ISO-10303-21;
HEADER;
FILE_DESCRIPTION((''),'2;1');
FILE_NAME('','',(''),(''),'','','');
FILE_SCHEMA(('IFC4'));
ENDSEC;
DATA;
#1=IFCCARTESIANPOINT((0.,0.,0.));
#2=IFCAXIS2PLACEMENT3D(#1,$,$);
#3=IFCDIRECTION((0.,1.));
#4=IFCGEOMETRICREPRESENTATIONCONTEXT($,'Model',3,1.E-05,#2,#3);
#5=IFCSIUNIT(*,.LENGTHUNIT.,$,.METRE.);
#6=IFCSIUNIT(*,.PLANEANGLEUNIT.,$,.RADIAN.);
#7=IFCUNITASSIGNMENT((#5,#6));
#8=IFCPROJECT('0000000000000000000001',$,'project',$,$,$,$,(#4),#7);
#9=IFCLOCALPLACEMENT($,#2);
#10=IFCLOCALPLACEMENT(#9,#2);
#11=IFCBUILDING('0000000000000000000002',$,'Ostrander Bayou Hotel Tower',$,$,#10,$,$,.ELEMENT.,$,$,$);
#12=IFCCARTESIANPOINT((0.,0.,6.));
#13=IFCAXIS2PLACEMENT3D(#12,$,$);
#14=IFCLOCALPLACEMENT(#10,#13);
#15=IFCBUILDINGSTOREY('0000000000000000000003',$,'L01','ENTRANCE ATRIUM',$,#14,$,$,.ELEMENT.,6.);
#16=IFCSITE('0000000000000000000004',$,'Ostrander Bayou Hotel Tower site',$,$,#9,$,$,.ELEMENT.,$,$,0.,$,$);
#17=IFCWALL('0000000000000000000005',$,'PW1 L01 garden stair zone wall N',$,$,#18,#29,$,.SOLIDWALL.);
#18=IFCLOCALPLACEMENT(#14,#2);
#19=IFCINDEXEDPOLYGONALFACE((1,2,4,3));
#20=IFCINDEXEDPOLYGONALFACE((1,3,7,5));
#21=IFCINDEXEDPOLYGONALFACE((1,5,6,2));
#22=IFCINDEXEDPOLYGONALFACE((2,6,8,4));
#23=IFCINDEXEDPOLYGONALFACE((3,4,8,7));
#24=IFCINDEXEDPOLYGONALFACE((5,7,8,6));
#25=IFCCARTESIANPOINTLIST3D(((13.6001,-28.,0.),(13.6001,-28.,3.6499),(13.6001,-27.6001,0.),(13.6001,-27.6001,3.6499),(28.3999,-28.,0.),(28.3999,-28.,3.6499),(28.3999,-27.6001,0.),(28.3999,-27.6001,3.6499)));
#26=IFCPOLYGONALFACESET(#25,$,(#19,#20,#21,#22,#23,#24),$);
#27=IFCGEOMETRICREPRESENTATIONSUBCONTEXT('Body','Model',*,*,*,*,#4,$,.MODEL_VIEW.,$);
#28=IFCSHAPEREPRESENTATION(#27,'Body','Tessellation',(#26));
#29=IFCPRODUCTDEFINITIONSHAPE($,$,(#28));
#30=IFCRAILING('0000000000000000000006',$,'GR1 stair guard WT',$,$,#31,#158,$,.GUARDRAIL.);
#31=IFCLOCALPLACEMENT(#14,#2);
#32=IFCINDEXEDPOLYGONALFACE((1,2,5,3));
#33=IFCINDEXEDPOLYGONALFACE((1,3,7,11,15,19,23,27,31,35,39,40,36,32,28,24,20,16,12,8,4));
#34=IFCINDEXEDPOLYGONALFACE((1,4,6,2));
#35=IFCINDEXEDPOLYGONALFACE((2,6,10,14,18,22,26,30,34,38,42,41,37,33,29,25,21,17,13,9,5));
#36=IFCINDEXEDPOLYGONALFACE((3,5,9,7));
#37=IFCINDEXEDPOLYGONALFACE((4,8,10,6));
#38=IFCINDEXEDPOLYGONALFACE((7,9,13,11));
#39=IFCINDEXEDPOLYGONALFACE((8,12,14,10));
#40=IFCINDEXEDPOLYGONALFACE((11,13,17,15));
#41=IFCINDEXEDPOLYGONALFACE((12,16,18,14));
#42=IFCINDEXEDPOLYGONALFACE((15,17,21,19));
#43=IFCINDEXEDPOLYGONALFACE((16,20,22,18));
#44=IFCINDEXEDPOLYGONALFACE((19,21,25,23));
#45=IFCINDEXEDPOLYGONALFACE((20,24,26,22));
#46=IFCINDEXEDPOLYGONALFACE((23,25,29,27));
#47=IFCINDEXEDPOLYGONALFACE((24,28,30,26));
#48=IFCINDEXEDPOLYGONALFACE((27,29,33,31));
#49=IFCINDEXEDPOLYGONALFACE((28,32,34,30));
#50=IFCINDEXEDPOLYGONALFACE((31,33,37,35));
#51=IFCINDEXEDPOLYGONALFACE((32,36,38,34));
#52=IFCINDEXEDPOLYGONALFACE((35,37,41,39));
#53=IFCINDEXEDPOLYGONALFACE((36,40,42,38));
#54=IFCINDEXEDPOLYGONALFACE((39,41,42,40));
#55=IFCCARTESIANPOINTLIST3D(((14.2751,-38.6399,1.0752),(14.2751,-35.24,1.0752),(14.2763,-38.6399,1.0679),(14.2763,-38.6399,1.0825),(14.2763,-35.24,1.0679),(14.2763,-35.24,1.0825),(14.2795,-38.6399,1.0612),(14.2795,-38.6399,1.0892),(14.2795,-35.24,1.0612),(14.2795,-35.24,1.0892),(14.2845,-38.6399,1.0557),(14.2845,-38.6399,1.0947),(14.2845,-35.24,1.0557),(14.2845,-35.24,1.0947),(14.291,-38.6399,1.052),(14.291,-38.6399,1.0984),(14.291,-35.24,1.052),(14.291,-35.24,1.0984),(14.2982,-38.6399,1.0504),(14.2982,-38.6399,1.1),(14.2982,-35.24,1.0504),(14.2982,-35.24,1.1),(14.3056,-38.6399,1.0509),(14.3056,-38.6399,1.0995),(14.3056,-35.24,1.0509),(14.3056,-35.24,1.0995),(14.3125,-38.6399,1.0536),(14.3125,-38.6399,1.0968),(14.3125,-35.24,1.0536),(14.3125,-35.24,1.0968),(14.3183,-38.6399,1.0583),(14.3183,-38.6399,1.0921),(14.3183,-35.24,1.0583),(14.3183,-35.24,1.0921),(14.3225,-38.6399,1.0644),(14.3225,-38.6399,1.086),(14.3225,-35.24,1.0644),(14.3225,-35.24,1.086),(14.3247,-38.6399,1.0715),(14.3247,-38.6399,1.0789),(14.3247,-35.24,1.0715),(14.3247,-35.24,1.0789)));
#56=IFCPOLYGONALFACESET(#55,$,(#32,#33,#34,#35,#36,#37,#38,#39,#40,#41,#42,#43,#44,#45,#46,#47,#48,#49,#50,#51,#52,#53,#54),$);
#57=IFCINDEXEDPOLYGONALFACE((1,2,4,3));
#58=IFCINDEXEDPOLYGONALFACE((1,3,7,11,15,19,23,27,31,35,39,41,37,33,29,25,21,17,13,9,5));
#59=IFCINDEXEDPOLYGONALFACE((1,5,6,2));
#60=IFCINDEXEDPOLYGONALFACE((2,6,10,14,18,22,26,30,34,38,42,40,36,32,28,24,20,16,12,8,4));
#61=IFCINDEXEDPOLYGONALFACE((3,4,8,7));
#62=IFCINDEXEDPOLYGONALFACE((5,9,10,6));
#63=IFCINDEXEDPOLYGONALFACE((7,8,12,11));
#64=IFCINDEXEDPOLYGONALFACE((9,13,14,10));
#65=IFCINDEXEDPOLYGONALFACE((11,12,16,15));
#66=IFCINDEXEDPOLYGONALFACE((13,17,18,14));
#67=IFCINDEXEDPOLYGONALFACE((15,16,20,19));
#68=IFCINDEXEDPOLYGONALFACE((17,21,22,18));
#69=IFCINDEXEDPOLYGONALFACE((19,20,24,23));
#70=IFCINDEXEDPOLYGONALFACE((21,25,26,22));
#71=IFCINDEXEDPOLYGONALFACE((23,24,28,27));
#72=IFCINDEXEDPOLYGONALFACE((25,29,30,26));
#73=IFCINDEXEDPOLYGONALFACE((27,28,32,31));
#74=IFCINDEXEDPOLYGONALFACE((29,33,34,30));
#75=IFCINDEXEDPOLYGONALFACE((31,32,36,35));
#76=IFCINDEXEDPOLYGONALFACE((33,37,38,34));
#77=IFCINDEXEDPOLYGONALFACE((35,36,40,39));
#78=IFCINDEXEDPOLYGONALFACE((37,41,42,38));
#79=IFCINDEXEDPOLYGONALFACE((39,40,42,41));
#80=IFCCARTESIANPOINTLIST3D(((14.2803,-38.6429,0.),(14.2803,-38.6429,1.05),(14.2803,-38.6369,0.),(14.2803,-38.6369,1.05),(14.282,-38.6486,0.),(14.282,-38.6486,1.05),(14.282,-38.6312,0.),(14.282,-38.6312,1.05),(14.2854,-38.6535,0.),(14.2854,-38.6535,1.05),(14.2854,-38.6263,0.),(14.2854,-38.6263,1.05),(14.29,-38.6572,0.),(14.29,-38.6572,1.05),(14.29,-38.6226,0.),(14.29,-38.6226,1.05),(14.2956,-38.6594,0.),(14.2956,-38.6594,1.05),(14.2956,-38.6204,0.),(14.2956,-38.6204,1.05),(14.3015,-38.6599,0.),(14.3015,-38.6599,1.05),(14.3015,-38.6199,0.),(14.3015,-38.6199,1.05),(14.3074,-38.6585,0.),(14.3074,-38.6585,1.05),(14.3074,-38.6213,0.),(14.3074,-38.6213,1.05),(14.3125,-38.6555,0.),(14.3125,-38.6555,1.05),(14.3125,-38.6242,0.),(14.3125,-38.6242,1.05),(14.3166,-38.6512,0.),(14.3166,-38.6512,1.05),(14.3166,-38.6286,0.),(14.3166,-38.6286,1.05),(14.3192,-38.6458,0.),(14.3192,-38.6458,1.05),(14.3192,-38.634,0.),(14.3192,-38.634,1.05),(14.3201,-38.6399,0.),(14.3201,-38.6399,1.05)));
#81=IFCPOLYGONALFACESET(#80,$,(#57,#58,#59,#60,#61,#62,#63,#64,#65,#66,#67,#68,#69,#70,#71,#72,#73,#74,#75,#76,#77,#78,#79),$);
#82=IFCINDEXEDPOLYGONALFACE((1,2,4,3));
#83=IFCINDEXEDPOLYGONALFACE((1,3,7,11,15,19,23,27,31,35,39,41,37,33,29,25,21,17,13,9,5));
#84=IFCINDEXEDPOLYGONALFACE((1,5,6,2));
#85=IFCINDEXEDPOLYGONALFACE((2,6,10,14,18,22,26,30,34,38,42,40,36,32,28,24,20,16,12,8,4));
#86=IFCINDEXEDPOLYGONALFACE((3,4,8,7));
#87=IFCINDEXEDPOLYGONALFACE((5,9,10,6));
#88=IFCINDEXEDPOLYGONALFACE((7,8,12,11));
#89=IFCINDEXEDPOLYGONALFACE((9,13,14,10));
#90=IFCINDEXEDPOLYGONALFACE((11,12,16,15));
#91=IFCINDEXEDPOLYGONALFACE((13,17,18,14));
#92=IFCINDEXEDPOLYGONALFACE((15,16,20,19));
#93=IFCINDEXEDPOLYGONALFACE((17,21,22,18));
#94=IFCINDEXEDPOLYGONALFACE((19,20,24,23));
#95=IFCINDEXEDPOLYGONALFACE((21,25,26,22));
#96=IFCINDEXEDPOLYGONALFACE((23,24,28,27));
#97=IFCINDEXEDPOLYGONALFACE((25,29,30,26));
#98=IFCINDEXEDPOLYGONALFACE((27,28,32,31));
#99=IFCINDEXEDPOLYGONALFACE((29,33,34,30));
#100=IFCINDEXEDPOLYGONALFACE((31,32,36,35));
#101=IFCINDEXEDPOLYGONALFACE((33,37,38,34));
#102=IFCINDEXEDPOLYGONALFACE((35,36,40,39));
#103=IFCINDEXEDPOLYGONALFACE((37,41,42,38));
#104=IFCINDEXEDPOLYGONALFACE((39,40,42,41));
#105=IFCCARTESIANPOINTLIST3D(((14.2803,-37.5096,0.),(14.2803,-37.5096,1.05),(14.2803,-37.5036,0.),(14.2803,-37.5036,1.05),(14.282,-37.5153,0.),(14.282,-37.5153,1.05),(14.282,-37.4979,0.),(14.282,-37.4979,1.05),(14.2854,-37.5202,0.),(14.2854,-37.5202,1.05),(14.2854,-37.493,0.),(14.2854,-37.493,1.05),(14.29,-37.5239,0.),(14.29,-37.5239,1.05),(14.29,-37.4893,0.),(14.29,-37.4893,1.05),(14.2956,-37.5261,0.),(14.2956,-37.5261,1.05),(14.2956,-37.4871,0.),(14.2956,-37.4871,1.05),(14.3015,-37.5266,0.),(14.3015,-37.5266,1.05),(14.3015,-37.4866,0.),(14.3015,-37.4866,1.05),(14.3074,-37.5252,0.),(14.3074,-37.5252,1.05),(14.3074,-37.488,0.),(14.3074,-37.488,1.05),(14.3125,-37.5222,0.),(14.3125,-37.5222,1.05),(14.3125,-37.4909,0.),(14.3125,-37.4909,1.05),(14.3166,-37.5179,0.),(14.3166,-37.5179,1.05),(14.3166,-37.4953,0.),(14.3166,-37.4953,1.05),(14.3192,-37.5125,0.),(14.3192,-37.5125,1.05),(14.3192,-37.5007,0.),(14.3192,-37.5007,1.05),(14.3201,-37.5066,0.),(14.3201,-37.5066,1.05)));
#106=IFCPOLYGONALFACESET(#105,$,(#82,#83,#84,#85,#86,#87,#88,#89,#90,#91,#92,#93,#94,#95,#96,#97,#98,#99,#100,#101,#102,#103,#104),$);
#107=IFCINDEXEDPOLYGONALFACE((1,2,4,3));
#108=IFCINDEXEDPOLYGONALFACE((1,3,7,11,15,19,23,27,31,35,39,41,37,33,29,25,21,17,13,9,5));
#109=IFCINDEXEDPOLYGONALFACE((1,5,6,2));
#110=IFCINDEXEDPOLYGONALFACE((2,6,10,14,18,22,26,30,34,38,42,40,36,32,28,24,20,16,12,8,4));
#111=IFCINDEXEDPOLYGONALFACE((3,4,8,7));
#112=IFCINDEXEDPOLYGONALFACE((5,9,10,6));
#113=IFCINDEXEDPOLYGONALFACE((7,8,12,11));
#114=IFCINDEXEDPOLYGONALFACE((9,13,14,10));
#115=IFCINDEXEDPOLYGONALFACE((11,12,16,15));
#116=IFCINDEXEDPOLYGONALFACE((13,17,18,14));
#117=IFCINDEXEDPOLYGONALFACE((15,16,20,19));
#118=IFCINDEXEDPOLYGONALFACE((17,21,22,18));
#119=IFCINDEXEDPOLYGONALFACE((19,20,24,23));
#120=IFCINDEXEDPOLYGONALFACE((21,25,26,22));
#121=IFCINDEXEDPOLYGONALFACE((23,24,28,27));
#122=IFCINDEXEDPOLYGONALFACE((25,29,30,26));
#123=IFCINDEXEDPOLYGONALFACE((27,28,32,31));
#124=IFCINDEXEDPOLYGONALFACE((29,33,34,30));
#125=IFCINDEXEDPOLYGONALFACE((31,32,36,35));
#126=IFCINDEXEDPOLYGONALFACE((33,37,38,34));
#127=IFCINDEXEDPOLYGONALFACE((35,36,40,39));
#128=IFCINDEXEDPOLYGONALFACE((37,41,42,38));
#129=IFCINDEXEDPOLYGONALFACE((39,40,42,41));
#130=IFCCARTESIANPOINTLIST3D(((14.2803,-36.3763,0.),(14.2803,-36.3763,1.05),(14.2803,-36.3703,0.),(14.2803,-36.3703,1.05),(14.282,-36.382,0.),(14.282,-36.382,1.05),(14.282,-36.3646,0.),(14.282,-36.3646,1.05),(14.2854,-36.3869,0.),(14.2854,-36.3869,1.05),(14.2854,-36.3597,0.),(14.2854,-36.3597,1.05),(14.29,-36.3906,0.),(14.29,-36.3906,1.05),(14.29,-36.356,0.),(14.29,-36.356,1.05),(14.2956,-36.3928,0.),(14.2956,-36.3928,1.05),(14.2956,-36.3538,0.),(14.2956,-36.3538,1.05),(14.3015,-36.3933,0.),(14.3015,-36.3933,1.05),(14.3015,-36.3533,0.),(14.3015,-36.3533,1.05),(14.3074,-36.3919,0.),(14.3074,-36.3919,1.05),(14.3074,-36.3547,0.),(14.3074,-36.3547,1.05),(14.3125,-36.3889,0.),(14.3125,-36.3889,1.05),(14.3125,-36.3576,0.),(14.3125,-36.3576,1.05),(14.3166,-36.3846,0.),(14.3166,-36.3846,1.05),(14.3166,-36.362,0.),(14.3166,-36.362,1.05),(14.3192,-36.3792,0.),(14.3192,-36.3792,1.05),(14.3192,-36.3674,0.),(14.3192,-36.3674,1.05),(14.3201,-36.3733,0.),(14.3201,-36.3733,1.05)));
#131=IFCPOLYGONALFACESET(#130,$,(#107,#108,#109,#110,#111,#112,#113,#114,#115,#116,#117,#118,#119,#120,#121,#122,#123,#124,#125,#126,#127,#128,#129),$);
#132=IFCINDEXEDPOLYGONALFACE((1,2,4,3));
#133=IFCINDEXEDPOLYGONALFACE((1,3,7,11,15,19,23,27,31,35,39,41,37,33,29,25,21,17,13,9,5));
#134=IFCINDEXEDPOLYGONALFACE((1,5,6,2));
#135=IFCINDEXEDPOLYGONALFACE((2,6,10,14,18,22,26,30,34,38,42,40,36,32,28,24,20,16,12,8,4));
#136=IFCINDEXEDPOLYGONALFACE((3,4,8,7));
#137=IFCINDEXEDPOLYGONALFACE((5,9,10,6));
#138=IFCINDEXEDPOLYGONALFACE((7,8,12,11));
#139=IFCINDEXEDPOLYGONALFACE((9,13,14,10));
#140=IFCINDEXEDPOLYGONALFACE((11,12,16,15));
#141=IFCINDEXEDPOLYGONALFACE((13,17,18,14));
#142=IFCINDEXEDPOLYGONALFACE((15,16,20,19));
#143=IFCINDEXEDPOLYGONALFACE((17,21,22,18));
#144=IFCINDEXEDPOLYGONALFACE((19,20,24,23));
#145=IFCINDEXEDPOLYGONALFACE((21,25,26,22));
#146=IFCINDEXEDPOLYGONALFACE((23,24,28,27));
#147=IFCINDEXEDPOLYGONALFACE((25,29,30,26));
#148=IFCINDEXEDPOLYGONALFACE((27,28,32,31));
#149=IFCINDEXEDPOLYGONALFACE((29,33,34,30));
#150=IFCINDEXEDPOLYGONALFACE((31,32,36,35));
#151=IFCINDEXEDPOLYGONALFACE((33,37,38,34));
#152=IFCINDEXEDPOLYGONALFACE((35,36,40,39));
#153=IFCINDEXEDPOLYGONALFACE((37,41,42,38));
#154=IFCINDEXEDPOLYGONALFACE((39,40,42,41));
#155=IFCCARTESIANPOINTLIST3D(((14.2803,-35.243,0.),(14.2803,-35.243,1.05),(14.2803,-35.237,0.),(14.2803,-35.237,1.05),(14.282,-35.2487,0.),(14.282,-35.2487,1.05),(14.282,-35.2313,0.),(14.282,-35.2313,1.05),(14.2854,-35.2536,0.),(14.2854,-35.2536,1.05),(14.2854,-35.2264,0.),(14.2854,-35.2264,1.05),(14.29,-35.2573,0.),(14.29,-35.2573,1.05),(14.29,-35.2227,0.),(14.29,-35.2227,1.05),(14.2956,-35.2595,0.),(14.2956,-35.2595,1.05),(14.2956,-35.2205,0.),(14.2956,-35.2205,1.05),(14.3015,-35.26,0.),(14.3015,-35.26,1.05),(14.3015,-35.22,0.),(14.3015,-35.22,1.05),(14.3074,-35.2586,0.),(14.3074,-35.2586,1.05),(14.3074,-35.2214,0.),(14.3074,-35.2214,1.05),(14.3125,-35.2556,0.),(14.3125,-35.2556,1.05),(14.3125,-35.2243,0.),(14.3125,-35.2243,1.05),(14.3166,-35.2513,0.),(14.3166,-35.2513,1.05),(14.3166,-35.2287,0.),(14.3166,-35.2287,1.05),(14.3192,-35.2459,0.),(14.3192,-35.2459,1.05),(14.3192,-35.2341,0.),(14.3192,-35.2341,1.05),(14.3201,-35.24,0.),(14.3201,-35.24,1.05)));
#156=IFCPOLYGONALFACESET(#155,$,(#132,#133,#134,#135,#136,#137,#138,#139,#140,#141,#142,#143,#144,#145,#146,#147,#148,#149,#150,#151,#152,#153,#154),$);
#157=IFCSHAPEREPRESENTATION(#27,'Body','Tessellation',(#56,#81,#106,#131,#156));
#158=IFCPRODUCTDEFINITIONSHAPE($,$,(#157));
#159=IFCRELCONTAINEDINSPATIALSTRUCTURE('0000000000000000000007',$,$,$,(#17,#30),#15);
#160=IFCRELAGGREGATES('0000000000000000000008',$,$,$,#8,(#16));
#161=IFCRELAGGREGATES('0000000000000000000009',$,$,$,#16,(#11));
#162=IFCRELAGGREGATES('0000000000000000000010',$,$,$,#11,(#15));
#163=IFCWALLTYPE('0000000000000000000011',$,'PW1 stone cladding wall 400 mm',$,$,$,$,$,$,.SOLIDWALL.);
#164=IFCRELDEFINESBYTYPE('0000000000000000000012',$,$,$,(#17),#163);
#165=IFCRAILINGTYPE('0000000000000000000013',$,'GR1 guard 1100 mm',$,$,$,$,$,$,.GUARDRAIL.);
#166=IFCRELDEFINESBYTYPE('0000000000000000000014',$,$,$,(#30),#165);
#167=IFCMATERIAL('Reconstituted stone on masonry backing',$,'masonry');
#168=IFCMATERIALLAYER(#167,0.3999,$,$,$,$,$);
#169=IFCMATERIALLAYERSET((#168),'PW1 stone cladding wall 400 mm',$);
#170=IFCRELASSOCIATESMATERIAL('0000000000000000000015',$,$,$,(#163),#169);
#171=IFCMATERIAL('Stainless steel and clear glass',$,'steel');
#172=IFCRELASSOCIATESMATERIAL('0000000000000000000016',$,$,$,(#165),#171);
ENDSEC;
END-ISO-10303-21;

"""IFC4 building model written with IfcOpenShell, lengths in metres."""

from ifc_helpers import new_model, si_unit, direction, frame, frame_2d, origin, origin_2d, place, context, subcontext, project, spatial, rectangle, circle, extrude, material, layer, layer_set, type_object, element, save


model = new_model("IFC4")

# Units and contexts
model_context = context("Model", 3, precision=1e-05, world=origin(), true_north=direction((0.0, 1.0)))
body_context = subcontext(model_context, "Body", "Model", "MODEL_VIEW")
ifc_project = project(units=[si_unit("LENGTHUNIT", "METRE"), si_unit("PLANEANGLEUNIT", "RADIAN")], contexts=[model_context])

# Site, building, storey
site_placement = place(None, origin())
site = spatial("IfcSite", under=ifc_project, at=site_placement, Name="Ostrander Bayou Hotel Tower site", CompositionType="ELEMENT", RefElevation=0.0)
building_placement = place(site_placement, origin())
building = spatial("IfcBuilding", under=site, at=building_placement, Name="Ostrander Bayou Hotel Tower", CompositionType="ELEMENT")
storey_placement = place(building_placement, frame((0.0, 0.0, 6.0)))
storey = spatial("IfcBuildingStorey", under=building, at=storey_placement, Name="L01", Description="ENTRANCE ATRIUM", CompositionType="ELEMENT", Elevation=6.0)

# Shared definitions
ifc_material_1 = material(Name="Reconstituted stone on masonry backing", Category="masonry")
ifc_layer_1 = layer(ifc_material_1, 0.3999)
ifc_layer_set_1 = layer_set([ifc_layer_1], Name="PW1 stone cladding wall 400 mm")
wall_type_1 = type_object("IfcWallType", Name="PW1 stone cladding wall 400 mm", PredefinedType="SOLIDWALL", material=ifc_layer_set_1)

# Wall
wall_1_placement = place(storey_placement, frame((13.6001, -27.8, 0.0), z_axis=(0.0, 0.0, 1.0), x_axis=(1.0, 0.0, 0.0)))
element("IfcWall", 1, at=wall_1_placement, inside=storey, type_object=wall_type_1, Name="PW1 L01 garden stair zone wall N", PredefinedType="SOLIDWALL", context=body_context, shape_type="SweptSolid", body=[
    extrude(rectangle(XDim=14.7998, YDim=0.3999, at=frame_2d((7.3999, 0.0))), origin(), (0.0, 0.0, 1.0), 3.6499),
])

# Railing
ifc_material_2 = material(Name="Stainless steel and clear glass", Category="steel")
railing_type = type_object("IfcRailingType", Name="GR1 guard 1100 mm", PredefinedType="GUARDRAIL", material=ifc_material_2)
railing_1_placement = place(storey_placement, frame((14.3, -38.6399, 0.0)))
element("IfcRailing", 2, at=railing_1_placement, inside=storey, type_object=railing_type, Name="GR1 stair guard WT", PredefinedType="GUARDRAIL", context=body_context, shape_type="SweptSolid", body=[
    extrude(circle(Radius=0.0249, at=origin_2d()), frame((0.0, 0.0, 1.0752), z_axis=(0.0, 1.0, 0.0), x_axis=(-1.0, 0.0, 0.0)), (0.0, 0.0, 1.0), 3.3999),
    extrude(circle(Radius=0.02, at=origin_2d()), origin(), (0.0, 0.0, 1.0), 1.05),
    extrude(circle(Radius=0.02, at=origin_2d()), frame((0.0, 1.1333, 0.0)), (0.0, 0.0, 1.0), 1.05),
    extrude(circle(Radius=0.02, at=origin_2d()), frame((0.0, 2.2666, 0.0)), (0.0, 0.0, 1.0), 1.05),
    extrude(circle(Radius=0.02, at=origin_2d()), frame((0.0, 3.3999, 0.0)), (0.0, 0.0, 1.0), 1.05),
])

save(model, "model.ifc")
